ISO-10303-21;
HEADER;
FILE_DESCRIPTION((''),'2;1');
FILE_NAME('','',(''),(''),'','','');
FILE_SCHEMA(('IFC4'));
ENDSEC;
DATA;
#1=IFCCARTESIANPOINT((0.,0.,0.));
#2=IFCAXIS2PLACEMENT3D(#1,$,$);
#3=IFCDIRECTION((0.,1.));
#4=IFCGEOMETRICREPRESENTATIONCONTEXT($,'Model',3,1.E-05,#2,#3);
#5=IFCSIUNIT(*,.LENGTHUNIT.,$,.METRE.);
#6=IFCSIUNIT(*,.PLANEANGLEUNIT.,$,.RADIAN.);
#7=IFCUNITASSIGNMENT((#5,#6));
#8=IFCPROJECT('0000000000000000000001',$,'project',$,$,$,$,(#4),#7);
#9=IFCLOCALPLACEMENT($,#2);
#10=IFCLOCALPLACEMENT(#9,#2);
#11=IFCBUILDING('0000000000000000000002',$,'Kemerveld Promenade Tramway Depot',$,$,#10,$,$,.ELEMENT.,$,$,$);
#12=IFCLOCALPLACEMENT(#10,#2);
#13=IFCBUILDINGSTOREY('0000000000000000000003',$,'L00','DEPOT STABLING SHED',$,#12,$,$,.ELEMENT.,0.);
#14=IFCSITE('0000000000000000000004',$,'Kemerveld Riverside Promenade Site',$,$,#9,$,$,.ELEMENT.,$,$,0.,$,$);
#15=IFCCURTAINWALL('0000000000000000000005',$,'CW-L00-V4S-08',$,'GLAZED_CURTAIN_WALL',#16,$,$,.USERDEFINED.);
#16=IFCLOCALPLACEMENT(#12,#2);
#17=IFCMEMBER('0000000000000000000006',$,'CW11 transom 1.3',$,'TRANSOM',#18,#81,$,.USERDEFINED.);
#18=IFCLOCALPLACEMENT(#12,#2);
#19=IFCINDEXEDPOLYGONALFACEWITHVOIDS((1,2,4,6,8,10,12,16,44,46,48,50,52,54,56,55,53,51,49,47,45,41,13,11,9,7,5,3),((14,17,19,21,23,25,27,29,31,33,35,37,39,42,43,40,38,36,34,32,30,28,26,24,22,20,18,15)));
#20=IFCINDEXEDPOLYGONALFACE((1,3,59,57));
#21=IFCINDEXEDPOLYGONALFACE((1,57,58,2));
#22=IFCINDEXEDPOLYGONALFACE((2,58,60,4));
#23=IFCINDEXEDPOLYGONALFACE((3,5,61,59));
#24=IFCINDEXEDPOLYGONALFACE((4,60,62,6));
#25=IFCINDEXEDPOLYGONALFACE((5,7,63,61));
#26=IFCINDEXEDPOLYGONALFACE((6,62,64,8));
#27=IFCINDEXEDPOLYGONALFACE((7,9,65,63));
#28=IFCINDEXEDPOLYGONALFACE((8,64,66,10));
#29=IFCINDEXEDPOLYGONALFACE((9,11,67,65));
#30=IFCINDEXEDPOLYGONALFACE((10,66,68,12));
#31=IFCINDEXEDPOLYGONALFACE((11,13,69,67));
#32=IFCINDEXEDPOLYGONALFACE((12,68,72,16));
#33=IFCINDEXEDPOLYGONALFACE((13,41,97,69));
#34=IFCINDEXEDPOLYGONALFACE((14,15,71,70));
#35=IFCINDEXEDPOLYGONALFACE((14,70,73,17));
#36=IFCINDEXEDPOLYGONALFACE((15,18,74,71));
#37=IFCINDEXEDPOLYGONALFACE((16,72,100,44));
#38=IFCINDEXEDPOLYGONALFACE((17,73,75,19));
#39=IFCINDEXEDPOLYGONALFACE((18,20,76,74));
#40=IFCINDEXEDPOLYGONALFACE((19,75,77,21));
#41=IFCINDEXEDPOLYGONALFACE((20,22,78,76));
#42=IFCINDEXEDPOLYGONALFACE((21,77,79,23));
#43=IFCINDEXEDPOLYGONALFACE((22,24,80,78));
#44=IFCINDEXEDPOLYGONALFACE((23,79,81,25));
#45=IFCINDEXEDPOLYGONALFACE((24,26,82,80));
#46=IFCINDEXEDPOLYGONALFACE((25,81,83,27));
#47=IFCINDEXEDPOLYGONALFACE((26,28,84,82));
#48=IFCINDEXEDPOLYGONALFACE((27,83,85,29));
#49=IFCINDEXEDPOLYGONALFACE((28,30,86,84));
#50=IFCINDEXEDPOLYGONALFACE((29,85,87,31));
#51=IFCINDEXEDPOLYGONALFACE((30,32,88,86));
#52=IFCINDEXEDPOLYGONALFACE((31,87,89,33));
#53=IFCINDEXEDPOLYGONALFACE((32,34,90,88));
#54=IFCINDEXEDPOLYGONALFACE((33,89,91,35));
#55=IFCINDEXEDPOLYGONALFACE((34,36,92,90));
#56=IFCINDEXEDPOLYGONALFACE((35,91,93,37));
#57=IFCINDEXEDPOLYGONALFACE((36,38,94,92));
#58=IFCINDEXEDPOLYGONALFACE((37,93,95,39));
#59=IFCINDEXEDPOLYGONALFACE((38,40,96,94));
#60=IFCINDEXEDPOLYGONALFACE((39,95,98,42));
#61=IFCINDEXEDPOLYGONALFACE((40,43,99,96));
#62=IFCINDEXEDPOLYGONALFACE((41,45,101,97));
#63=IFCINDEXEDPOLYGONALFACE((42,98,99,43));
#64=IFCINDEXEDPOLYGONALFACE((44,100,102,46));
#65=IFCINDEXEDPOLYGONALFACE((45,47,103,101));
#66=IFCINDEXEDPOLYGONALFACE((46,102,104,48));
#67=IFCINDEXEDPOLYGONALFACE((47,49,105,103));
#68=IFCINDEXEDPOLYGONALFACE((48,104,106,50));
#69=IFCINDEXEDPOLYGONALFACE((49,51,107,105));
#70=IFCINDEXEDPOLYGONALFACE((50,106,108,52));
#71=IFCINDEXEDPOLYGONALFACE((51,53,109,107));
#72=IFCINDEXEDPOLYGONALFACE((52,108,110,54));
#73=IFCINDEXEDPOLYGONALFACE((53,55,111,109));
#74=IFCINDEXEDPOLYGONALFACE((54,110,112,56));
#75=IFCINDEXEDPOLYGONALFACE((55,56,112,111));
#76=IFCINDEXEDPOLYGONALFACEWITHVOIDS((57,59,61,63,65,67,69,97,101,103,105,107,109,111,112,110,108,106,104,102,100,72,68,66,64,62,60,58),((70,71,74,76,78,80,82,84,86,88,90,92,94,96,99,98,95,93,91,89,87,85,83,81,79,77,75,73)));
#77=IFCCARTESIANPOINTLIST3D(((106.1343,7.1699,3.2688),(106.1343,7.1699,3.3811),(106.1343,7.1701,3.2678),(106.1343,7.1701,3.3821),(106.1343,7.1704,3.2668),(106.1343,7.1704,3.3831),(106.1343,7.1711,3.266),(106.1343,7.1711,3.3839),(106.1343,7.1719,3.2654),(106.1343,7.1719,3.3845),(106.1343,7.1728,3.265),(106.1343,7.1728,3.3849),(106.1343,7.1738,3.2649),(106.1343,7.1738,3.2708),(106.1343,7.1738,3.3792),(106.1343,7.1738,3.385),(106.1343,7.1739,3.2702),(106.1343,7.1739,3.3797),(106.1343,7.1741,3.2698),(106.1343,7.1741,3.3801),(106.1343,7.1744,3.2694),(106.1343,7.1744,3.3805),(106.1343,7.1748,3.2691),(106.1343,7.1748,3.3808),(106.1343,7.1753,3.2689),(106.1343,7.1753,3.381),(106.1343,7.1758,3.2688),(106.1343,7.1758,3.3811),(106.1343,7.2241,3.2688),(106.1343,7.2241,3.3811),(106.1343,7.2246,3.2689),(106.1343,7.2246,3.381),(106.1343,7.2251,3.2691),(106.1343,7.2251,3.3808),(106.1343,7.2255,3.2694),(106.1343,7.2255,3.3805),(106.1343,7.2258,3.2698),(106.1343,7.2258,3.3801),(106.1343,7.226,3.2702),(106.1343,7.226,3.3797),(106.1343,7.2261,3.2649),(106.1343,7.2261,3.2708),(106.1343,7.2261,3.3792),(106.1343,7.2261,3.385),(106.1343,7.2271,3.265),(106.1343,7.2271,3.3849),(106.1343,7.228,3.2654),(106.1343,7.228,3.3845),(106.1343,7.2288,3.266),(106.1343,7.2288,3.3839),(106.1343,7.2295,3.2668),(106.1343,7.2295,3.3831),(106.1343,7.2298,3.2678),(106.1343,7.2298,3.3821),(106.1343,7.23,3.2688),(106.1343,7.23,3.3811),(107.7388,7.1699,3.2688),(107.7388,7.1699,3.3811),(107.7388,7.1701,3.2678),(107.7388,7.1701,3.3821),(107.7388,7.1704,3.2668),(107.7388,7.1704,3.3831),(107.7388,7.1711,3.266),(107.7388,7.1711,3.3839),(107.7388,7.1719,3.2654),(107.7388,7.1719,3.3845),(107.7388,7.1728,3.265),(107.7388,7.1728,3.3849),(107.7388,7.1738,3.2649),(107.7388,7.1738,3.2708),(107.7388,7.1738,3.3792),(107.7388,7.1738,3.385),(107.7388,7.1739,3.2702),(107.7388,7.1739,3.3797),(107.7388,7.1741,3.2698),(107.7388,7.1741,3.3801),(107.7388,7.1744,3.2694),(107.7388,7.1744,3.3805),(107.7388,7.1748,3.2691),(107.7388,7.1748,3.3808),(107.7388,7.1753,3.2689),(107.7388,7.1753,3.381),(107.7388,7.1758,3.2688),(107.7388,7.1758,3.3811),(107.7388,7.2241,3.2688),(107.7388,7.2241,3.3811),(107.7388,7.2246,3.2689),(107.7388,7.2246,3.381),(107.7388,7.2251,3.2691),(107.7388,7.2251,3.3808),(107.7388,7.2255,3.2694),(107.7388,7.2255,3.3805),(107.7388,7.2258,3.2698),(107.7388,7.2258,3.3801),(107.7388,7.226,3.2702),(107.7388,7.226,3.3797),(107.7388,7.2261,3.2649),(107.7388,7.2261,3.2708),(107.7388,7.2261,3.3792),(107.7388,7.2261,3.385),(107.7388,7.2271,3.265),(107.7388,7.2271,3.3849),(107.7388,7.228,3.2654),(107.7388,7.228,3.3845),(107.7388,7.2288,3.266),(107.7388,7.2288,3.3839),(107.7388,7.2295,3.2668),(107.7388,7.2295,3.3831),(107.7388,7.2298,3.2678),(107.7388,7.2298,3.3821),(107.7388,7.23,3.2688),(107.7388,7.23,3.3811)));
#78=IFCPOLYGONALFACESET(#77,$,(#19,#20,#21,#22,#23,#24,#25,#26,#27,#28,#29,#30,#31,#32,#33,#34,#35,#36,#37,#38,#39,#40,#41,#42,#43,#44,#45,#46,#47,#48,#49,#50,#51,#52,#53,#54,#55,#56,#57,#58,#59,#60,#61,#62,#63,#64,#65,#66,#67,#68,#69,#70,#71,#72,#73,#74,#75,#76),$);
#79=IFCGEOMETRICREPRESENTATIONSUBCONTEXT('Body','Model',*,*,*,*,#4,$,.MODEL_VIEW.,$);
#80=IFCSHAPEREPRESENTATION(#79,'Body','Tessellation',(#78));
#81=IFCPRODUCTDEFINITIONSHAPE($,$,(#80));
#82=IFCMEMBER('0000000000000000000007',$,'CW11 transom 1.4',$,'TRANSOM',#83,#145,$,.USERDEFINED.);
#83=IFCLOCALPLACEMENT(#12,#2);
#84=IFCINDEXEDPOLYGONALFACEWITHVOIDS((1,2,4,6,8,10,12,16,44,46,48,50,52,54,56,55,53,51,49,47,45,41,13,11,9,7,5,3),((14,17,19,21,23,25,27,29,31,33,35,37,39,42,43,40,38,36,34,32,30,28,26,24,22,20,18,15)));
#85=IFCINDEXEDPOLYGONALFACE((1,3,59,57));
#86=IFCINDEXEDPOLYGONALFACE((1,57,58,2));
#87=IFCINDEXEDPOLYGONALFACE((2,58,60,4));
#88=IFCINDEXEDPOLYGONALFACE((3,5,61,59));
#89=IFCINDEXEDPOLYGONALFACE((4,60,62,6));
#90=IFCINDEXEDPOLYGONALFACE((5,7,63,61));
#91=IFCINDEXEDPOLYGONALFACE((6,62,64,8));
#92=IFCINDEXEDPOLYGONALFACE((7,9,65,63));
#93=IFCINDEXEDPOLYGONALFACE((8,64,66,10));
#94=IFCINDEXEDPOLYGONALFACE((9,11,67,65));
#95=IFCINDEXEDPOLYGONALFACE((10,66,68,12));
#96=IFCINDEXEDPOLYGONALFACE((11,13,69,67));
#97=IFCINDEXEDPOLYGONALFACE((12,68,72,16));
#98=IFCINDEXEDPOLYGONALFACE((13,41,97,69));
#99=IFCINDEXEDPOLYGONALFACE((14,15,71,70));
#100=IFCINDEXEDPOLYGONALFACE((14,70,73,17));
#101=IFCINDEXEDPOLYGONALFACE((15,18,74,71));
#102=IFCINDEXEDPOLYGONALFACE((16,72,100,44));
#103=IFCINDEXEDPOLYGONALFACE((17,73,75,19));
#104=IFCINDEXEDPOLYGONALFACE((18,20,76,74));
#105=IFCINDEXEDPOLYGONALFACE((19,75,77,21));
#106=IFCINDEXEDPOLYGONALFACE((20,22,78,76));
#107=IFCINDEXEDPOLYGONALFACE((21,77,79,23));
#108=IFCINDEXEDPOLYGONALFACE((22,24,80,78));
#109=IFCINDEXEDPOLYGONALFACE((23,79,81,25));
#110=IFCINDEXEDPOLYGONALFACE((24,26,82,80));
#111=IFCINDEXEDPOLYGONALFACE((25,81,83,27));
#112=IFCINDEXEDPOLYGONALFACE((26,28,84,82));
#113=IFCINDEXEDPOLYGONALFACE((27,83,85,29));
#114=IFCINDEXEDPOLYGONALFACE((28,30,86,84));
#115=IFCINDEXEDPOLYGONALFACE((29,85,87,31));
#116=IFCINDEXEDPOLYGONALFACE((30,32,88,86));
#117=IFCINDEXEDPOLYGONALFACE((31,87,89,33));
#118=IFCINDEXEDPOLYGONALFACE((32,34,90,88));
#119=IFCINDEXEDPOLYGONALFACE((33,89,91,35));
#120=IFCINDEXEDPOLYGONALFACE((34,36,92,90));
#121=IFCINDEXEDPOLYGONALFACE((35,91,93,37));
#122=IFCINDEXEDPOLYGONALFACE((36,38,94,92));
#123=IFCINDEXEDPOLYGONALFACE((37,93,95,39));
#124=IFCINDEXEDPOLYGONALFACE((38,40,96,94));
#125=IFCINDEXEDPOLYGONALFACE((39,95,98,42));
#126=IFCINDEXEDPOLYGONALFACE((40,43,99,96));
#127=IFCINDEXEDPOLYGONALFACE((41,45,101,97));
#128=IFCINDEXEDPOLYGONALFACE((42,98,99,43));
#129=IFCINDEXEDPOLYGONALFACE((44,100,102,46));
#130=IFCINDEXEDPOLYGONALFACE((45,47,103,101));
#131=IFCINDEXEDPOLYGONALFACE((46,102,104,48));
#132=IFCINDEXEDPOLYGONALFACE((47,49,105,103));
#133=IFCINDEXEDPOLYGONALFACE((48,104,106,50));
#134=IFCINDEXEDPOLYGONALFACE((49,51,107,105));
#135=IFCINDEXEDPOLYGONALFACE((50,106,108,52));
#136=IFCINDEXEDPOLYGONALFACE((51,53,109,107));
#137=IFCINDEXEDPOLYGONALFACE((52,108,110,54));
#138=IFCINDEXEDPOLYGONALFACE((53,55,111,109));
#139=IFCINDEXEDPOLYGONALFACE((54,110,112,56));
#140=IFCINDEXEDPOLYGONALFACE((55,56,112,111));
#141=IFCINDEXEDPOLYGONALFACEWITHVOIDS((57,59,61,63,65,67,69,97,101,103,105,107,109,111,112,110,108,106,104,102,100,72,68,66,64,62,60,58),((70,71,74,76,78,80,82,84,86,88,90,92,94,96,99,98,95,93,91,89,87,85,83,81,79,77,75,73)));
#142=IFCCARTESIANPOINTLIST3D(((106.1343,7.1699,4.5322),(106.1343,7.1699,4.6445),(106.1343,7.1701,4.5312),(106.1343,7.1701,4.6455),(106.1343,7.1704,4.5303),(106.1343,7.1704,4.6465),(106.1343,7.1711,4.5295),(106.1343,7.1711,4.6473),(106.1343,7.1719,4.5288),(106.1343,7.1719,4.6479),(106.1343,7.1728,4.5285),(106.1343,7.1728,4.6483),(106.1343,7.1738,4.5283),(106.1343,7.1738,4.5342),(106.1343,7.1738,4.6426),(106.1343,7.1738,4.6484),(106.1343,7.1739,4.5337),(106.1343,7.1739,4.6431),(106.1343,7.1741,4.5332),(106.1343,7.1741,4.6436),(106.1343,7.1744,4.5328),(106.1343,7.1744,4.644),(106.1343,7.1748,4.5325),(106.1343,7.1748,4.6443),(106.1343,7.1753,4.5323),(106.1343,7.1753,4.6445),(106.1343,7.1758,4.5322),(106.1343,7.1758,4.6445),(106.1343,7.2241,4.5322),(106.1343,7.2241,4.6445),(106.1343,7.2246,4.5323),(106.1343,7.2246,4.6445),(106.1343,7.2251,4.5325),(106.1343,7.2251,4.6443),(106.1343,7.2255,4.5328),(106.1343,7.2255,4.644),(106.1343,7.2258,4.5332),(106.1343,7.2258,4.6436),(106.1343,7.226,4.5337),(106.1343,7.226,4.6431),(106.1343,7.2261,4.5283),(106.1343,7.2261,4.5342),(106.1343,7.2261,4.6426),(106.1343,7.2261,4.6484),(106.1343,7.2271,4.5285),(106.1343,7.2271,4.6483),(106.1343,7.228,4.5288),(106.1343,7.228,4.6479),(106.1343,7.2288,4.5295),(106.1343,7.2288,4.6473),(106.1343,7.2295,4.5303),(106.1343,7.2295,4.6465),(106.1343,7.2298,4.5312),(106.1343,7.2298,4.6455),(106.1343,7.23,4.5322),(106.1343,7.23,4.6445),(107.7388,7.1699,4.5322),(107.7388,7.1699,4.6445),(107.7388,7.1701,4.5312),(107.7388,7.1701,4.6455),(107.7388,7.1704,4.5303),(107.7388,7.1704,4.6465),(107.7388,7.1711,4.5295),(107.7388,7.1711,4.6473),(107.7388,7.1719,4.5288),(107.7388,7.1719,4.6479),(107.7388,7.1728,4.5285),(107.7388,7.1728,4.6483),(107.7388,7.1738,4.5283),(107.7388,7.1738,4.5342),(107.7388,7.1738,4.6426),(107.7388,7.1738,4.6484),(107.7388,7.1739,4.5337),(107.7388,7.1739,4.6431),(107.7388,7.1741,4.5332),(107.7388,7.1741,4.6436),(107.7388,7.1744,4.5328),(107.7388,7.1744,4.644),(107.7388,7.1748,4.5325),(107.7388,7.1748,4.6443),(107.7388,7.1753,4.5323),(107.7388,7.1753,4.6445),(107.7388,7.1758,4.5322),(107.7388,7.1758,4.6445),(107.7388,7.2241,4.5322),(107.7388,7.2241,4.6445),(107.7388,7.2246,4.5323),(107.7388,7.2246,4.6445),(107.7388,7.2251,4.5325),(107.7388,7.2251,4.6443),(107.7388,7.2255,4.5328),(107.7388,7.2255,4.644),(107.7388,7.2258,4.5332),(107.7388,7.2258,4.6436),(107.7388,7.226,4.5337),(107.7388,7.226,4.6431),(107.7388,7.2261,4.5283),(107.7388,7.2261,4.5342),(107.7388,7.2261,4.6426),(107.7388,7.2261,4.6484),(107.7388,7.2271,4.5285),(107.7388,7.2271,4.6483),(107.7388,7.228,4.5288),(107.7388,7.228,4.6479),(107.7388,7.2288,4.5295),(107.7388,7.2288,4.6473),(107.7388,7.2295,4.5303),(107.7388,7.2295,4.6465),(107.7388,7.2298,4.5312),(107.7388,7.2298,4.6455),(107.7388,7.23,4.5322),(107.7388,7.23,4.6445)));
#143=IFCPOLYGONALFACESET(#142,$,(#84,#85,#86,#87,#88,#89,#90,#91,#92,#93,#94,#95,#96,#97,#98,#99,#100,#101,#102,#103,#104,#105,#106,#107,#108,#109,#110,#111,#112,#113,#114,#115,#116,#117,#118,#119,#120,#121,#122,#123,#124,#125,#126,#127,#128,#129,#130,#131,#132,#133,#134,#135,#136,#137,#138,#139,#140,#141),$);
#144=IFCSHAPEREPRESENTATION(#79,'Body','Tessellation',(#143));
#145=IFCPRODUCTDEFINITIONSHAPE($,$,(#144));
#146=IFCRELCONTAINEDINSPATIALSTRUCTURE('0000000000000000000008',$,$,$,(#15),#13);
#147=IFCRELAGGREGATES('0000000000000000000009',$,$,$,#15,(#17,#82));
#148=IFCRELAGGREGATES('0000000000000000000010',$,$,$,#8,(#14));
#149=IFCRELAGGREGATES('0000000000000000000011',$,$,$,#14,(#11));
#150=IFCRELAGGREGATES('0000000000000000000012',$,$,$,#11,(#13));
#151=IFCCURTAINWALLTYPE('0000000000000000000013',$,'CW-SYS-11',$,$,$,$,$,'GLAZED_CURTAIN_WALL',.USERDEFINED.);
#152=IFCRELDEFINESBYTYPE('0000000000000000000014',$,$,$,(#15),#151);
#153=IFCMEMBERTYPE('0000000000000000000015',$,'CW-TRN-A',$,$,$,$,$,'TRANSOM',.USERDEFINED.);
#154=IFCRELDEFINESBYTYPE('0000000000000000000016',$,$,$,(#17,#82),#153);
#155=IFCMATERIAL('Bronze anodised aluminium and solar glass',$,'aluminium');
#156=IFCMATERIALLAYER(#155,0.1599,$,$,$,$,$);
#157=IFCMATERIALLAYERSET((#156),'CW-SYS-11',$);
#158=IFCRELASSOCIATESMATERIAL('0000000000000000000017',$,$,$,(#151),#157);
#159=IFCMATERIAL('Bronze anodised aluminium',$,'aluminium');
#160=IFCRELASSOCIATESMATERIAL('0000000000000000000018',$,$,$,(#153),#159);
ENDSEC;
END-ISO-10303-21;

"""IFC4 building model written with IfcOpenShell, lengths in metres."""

from ifc_helpers import new_model, si_unit, direction, frame, origin, origin_2d, place, context, subcontext, project, spatial, hollow_rectangle, extrude, material, layer, layer_set, material_profile, profile_set, type_object, element, aggregate, save


model = new_model("IFC4")

# Units and contexts
model_context = context("Model", 3, precision=1e-05, world=origin(), true_north=direction((0.0, 1.0)))
body_context = subcontext(model_context, "Body", "Model", "MODEL_VIEW")
ifc_project = project(units=[si_unit("LENGTHUNIT", "METRE"), si_unit("PLANEANGLEUNIT", "RADIAN")], contexts=[model_context])

# Site, building, storey
site_placement = place(None, origin())
site = spatial("IfcSite", under=ifc_project, at=site_placement, Name="Kemerveld Riverside Promenade Site", CompositionType="ELEMENT", RefElevation=0.0)
building_placement = place(site_placement, origin())
building = spatial("IfcBuilding", under=site, at=building_placement, Name="Kemerveld Promenade Tramway Depot", CompositionType="ELEMENT")
storey_placement = place(building_placement, origin())
storey = spatial("IfcBuildingStorey", under=building, at=storey_placement, Name="L00", Description="DEPOT STABLING SHED", CompositionType="ELEMENT", Elevation=0.0)

# Curtain wall, members
ifc_material_1 = material(Name="Bronze anodised aluminium and solar glass", Category="aluminium")
ifc_layer_1 = layer(ifc_material_1, 0.1599)
ifc_layer_set_1 = layer_set([ifc_layer_1], Name="CW-SYS-11")
curtain_wall_type = type_object("IfcCurtainWallType", Name="CW-SYS-11", ElementType="GLAZED_CURTAIN_WALL", PredefinedType="USERDEFINED", material=ifc_layer_set_1)
curtain_wall_placement = place(storey_placement, origin())
curtain_wall = element("IfcCurtainWall", 1, at=curtain_wall_placement, inside=storey, type_object=curtain_wall_type, Name="CW-L00-V4S-08", ObjectType="GLAZED_CURTAIN_WALL", PredefinedType="USERDEFINED")
ifc_material_2 = material(Name="Bronze anodised aluminium", Category="aluminium")
ifc_material_profile_1 = material_profile(ifc_material_2, hollow_rectangle(XDim=0.0601, YDim=0.1201, WallThickness=0.0039, InnerFilletRadius=0.002, OuterFilletRadius=0.0039, at=origin_2d()), Name="CW-TRN-120x60")
ifc_profile_set_1 = profile_set([ifc_material_profile_1], Name="Bronze anodised aluminium")
member_type_1 = type_object("IfcMemberType", Name="CW-TRN-A", ElementType="TRANSOM", PredefinedType="USERDEFINED", material=ifc_profile_set_1)
member_1_placement = place(storey_placement, frame((107.7388, 7.2, 3.325), z_axis=(-1.0, 0.0, 0.0), x_axis=(0.0, -1.0, 0.0)))
member_1 = element("IfcMember", 2, at=member_1_placement, type_object=member_type_1, Name="CW11 transom 1.3", ObjectType="TRANSOM", PredefinedType="USERDEFINED", context=body_context, shape_type="SweptSolid", body=[
    extrude(hollow_rectangle(XDim=0.0601, YDim=0.1201, WallThickness=0.0039, InnerFilletRadius=0.002, OuterFilletRadius=0.0039, at=origin_2d()), origin(), (0.0, 0.0, 1.0), 1.6045),
])
member_2_placement = place(storey_placement, frame((107.7388, 7.2, 4.5884), z_axis=(-1.0, 0.0, 0.0), x_axis=(0.0, -1.0, 0.0)))
member_2 = element("IfcMember", 3, at=member_2_placement, type_object=member_type_1, Name="CW11 transom 1.4", ObjectType="TRANSOM", PredefinedType="USERDEFINED", context=body_context, shape_type="SweptSolid", body=[
    extrude(hollow_rectangle(XDim=0.0601, YDim=0.1201, WallThickness=0.0039, InnerFilletRadius=0.002, OuterFilletRadius=0.0039, at=origin_2d()), origin(), (0.0, 0.0, 1.0), 1.6045),
])
aggregate(curtain_wall, [member_1, member_2])

save(model, "model.ifc")
